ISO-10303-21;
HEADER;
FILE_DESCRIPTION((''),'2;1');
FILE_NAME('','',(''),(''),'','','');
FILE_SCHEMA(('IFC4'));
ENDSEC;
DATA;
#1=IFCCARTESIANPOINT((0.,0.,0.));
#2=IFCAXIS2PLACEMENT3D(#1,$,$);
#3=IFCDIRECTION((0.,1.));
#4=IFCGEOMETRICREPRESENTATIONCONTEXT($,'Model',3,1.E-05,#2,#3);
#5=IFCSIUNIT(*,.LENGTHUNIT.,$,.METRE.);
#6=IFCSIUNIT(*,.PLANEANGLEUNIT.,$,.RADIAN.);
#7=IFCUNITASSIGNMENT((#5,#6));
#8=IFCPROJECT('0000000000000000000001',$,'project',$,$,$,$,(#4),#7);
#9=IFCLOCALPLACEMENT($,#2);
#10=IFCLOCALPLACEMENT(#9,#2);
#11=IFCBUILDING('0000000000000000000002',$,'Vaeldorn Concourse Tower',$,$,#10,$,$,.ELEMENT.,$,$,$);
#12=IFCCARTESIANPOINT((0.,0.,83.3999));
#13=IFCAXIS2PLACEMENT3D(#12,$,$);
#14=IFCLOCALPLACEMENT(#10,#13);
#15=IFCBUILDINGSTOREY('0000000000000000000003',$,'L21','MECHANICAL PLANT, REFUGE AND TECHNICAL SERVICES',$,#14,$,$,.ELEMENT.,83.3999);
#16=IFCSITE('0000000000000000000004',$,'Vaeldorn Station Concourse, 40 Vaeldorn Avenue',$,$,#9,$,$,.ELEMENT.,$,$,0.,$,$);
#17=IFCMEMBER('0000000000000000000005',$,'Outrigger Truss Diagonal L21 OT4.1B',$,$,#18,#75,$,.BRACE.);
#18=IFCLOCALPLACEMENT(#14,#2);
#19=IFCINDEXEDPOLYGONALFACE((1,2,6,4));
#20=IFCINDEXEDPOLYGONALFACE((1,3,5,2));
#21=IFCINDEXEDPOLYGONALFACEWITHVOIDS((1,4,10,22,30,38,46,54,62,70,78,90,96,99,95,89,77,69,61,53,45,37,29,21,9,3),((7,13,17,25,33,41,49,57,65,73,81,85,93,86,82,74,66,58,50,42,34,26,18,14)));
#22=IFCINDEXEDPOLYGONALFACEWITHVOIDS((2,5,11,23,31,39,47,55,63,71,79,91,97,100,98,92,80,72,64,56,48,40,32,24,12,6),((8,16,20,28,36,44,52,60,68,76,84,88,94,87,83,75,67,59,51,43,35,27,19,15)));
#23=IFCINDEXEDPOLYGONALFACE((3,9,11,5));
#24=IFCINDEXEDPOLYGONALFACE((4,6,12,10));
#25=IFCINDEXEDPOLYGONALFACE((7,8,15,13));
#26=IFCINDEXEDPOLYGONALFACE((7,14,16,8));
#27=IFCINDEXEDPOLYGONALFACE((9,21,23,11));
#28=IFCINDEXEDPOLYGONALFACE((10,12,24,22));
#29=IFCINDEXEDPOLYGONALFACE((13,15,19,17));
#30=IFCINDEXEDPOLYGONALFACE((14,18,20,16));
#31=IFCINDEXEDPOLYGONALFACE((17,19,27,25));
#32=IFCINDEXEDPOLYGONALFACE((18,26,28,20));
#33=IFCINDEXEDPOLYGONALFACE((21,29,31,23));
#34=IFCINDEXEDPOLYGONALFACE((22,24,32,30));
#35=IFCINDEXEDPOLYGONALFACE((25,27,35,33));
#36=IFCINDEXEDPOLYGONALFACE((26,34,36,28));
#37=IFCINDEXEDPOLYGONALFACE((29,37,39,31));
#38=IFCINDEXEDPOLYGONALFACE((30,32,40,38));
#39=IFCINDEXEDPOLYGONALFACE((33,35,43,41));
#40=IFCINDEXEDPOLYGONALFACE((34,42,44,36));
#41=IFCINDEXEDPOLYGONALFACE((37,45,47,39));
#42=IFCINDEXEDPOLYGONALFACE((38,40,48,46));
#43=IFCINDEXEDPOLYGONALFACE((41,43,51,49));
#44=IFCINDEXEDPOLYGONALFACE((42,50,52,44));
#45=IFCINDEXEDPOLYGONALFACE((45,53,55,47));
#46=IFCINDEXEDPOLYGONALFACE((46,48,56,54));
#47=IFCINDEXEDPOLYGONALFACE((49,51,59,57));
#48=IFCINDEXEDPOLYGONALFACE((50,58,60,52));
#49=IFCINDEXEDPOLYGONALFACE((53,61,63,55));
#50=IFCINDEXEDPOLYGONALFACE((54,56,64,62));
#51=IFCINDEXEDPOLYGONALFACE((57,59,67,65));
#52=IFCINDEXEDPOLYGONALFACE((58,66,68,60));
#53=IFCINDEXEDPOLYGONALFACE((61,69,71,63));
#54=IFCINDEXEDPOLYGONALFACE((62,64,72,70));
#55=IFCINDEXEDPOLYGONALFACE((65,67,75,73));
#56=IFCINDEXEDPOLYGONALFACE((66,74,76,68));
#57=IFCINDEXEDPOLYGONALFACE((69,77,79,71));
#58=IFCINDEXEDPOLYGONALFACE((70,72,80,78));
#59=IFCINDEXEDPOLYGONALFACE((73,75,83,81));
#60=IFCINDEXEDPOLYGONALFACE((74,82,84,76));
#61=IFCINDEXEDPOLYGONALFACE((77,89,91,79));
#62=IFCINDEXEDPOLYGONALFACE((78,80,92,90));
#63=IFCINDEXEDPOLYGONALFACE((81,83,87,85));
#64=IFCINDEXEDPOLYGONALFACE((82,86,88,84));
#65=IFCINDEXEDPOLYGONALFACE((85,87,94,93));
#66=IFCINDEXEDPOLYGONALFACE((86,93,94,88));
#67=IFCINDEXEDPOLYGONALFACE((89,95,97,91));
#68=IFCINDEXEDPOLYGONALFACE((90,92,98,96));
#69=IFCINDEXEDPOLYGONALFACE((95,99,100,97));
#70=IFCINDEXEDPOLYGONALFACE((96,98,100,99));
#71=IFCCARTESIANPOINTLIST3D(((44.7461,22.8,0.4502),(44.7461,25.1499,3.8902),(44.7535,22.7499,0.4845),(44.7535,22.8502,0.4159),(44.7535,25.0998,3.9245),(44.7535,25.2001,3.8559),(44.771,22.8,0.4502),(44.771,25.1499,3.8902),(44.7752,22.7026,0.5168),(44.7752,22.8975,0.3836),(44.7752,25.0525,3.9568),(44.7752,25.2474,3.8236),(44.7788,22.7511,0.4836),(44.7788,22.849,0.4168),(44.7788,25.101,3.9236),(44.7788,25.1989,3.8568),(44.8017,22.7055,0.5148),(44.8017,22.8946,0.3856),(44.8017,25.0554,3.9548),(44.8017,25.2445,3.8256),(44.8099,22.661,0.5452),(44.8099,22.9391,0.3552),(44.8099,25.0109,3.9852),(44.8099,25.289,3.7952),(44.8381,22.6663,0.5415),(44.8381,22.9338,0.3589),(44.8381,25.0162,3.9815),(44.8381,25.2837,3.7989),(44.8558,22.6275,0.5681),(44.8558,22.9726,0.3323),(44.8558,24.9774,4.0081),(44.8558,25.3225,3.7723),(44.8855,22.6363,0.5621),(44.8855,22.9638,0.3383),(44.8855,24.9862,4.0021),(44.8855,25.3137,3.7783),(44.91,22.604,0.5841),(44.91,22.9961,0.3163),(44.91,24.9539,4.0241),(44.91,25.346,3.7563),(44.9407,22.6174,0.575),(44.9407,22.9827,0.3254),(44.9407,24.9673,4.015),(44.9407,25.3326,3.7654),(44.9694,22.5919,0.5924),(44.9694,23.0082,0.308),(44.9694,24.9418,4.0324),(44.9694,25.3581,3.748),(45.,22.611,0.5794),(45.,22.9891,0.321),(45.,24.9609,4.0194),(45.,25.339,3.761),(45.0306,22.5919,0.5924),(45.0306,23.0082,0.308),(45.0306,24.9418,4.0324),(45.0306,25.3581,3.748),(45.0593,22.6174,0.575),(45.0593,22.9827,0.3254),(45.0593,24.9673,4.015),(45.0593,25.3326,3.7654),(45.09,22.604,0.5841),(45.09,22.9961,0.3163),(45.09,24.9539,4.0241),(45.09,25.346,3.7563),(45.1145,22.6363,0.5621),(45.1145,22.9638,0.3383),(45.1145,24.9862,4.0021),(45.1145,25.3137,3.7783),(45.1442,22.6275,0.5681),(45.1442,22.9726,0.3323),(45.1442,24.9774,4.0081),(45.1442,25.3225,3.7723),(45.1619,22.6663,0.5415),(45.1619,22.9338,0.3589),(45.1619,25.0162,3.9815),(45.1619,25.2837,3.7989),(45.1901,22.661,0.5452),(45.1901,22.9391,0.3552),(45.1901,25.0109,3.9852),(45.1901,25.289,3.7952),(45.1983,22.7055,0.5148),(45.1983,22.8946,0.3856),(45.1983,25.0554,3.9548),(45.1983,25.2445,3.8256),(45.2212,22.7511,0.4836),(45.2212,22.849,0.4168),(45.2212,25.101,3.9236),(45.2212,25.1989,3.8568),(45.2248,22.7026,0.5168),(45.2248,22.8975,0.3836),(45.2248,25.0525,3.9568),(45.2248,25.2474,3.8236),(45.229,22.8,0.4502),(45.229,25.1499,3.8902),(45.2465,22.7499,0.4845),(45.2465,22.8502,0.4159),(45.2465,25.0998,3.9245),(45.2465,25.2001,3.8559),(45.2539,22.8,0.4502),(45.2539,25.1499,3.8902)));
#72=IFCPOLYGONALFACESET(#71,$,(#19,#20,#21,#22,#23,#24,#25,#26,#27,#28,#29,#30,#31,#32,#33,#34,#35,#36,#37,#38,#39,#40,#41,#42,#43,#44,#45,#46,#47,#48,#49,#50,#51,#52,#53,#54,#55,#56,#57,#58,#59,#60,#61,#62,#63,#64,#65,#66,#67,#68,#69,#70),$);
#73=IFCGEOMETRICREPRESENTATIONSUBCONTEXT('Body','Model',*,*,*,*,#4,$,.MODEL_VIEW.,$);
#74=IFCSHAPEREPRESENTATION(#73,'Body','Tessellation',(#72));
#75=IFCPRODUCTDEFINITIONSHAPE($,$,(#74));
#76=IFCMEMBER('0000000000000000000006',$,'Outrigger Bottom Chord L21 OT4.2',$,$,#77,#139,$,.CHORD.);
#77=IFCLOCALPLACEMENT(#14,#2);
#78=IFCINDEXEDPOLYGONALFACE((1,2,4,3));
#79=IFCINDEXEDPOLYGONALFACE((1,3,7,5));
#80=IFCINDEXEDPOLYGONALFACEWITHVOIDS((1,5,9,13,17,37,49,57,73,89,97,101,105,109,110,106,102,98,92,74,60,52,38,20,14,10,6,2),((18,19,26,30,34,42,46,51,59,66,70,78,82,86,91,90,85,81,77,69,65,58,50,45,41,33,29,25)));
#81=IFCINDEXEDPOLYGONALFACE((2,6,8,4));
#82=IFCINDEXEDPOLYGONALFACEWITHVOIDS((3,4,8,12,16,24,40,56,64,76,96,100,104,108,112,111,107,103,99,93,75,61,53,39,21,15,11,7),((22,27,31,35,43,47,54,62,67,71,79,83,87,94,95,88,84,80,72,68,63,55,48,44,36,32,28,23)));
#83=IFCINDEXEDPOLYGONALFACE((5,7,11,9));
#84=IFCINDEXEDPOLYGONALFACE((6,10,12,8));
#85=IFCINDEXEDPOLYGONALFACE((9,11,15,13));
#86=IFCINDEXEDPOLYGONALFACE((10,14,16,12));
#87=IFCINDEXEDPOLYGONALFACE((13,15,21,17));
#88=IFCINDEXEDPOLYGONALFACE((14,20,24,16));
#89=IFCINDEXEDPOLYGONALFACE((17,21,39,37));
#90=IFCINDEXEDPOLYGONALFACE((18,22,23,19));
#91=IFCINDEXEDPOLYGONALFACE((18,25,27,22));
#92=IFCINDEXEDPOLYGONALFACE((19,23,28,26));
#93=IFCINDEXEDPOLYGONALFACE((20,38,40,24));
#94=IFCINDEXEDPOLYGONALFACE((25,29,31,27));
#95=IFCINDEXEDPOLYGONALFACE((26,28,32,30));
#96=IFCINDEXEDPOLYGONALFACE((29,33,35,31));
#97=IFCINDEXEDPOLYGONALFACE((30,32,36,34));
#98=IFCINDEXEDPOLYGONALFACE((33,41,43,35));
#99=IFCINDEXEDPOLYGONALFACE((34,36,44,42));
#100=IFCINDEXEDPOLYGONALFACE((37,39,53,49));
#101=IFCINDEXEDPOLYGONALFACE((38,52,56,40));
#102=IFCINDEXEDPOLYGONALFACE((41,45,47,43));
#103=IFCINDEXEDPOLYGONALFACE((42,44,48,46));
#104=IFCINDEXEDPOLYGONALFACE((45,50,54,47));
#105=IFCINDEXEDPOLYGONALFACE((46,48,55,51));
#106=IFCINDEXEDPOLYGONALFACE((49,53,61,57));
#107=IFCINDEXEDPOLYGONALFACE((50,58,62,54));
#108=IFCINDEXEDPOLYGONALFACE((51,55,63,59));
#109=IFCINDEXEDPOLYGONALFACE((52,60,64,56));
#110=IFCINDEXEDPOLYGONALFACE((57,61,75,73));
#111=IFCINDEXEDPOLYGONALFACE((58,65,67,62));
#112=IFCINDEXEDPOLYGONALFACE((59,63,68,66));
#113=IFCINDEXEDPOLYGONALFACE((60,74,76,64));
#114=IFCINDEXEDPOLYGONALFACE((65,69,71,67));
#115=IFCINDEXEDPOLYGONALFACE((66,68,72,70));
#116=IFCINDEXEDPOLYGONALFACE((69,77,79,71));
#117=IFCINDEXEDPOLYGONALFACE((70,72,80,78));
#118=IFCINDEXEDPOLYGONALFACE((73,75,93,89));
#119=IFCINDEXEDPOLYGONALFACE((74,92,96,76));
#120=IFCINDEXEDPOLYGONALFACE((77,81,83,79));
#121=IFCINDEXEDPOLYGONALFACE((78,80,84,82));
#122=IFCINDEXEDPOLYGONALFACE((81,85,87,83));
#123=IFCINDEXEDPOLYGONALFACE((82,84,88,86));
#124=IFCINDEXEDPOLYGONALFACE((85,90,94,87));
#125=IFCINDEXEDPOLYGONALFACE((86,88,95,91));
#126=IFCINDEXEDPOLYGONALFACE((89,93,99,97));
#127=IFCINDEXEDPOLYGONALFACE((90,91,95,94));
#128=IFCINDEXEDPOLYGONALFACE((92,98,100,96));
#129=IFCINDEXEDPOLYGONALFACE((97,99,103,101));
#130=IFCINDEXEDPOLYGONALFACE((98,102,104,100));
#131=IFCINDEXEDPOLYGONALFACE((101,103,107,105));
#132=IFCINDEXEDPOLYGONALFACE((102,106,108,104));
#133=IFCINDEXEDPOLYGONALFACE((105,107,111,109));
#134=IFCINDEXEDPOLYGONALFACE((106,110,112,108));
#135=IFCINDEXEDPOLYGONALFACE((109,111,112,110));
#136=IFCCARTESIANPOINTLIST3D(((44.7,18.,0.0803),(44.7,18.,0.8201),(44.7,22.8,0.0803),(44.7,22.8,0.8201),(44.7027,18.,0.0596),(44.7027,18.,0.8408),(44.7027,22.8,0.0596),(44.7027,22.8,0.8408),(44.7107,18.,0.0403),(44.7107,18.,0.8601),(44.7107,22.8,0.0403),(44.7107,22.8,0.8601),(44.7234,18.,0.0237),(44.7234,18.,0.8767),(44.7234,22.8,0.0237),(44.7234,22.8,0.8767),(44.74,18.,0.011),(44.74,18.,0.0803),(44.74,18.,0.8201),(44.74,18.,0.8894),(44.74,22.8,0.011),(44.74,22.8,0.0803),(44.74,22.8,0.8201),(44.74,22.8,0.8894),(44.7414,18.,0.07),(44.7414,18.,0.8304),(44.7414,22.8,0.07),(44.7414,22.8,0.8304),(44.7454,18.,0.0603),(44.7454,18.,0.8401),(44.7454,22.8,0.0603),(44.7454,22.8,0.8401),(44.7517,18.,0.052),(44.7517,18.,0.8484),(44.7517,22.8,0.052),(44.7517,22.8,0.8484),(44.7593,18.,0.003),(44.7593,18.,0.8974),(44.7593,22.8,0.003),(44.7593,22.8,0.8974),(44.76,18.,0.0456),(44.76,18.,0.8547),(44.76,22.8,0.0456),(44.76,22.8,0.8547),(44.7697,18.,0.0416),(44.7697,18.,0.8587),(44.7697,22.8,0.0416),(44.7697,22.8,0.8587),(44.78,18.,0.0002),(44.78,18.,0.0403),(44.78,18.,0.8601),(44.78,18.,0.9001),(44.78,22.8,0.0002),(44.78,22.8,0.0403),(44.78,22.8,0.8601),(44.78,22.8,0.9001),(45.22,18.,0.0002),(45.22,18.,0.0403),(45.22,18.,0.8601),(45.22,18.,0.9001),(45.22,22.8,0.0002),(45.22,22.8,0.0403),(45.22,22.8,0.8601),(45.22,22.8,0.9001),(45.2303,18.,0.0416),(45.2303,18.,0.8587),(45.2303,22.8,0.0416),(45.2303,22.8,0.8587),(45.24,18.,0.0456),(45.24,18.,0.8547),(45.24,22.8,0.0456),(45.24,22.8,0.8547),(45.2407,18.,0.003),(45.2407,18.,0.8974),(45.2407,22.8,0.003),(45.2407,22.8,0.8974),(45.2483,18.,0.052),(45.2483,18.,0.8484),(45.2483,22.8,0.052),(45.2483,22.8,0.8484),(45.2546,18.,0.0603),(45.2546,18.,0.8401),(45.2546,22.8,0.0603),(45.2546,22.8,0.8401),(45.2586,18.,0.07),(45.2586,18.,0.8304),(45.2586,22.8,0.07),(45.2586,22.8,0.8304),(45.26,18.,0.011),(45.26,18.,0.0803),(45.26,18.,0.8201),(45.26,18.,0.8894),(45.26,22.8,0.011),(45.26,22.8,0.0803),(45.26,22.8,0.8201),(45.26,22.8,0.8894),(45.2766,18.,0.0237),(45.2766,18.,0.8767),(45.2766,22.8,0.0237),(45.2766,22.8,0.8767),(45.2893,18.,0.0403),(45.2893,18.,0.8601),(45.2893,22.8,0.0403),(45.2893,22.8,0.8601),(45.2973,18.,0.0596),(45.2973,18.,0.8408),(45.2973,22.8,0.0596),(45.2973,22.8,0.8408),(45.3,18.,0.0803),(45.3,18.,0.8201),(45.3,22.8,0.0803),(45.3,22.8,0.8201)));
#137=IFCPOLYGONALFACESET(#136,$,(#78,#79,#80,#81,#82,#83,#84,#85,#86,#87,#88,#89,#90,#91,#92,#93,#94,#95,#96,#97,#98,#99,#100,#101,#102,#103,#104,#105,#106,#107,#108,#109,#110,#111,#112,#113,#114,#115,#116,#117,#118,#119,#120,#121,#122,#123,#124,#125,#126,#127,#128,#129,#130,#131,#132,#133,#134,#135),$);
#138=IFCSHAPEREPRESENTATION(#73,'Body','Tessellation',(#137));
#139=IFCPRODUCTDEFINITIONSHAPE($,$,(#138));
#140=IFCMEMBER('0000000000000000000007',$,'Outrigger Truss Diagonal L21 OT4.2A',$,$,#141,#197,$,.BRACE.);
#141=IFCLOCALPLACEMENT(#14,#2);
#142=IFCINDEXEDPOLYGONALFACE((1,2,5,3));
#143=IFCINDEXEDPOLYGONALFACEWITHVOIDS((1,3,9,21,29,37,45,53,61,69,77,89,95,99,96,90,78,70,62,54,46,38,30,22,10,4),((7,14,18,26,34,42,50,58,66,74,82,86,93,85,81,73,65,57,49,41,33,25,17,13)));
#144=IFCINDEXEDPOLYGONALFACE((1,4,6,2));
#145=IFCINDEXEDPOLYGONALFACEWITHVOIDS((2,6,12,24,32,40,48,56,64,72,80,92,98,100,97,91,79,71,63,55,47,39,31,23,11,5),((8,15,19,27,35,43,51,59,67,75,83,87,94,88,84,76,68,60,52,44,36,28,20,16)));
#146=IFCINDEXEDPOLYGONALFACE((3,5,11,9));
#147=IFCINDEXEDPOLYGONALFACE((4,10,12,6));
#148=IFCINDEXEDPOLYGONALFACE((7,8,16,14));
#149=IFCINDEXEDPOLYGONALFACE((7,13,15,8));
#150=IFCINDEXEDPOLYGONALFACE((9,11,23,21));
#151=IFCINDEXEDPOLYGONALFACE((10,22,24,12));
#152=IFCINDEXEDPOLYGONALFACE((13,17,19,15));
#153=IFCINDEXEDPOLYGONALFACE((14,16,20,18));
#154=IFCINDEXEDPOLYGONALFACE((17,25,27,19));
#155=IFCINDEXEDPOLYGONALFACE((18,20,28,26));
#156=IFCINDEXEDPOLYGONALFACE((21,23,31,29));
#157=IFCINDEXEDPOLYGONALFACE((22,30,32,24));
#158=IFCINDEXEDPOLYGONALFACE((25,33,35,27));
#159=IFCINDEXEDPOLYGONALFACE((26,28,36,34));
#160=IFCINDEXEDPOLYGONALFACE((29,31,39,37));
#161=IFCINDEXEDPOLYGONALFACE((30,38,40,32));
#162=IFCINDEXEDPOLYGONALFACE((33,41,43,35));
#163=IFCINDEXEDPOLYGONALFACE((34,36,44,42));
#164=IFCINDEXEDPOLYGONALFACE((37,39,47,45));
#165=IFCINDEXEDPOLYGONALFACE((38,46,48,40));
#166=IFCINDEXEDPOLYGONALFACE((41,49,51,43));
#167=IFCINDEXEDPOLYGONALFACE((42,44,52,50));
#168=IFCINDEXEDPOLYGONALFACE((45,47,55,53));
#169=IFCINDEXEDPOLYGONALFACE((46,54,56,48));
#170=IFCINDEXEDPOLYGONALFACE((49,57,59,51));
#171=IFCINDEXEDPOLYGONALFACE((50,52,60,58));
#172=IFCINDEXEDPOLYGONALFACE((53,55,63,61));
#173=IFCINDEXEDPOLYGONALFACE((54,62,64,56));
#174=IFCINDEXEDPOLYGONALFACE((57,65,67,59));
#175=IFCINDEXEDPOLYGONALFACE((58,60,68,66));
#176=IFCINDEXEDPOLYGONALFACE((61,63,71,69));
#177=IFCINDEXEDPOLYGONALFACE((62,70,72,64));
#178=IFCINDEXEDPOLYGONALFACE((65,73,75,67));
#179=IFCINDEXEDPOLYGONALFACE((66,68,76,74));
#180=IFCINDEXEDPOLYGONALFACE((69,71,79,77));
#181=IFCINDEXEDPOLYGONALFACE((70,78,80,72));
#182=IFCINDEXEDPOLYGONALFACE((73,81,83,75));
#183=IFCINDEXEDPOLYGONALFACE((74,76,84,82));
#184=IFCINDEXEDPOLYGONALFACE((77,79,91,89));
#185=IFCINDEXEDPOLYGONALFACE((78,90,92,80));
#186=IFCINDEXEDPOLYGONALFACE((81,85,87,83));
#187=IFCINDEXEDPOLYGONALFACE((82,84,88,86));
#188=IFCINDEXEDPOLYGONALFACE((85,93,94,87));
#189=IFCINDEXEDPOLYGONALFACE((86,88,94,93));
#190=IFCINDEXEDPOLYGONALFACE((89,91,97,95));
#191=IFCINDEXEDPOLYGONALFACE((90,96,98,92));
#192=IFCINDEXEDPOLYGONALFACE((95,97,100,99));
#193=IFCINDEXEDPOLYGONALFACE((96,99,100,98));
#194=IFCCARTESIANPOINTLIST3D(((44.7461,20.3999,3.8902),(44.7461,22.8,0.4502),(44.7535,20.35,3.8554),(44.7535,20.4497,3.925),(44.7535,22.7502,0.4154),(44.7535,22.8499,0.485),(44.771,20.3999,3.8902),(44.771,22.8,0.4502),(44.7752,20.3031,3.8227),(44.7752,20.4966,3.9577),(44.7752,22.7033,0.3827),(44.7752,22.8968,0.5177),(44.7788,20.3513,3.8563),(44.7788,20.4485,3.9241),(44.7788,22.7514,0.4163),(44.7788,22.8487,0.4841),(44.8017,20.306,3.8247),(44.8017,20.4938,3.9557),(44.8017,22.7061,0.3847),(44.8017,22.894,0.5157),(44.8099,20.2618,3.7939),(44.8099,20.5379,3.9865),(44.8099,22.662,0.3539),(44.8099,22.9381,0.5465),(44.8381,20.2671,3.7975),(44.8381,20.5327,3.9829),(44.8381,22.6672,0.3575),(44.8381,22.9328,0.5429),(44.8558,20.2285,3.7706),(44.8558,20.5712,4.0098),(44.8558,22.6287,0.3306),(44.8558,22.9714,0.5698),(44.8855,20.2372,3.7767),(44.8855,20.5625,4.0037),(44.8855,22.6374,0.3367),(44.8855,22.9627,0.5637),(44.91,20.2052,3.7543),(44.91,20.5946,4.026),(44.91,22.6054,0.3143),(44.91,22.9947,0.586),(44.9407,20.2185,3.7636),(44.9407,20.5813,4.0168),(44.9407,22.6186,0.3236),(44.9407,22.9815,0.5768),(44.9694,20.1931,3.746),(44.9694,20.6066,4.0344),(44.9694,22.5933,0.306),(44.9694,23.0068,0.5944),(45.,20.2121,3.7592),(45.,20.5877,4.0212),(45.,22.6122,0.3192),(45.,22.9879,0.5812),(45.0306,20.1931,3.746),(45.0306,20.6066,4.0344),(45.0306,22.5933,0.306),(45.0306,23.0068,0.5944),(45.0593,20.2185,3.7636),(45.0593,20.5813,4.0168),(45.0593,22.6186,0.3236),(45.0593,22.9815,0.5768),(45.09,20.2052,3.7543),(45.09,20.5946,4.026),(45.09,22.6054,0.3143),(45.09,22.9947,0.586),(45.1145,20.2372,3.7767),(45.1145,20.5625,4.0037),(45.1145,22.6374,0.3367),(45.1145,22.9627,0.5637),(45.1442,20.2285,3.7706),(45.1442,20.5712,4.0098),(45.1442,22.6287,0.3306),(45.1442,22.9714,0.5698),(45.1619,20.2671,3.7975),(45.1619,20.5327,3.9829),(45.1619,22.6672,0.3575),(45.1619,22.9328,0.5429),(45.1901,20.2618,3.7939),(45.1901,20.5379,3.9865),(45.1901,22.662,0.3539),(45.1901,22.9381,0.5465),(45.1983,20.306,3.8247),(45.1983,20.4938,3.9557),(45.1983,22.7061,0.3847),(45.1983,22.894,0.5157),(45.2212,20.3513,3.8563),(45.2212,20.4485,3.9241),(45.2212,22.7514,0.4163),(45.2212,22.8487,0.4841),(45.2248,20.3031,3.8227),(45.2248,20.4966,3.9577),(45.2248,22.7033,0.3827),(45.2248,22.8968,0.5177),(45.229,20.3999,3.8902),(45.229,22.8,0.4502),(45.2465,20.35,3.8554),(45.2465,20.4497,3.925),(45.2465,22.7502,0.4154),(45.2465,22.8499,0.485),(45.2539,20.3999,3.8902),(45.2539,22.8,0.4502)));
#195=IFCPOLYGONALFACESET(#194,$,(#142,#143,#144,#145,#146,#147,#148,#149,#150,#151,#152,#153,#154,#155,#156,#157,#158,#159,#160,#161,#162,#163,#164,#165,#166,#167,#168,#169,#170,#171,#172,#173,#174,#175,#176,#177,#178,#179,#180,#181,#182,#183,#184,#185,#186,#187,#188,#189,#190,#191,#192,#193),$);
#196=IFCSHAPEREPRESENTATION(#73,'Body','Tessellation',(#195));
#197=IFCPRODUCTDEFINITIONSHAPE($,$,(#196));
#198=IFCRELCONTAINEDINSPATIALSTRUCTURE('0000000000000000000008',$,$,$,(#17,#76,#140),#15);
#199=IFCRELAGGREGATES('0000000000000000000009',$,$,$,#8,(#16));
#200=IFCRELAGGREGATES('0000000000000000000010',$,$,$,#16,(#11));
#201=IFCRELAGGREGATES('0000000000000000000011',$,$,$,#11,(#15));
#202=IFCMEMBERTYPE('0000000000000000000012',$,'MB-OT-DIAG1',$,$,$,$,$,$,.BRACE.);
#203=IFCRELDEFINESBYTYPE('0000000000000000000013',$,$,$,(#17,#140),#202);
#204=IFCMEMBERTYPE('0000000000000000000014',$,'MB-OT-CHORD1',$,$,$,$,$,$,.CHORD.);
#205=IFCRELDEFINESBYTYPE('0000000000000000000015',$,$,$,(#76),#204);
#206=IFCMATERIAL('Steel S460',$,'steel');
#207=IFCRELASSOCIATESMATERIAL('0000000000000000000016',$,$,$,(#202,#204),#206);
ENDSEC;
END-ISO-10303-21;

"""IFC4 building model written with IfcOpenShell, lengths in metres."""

from ifc_helpers import new_model, si_unit, direction, frame, origin, origin_2d, place, context, subcontext, project, spatial, hollow_rectangle, hollow_circle, extrude, source, transform, mapped, material, material_profile, profile_set, type_object, element, save


model = new_model("IFC4")

# Units and contexts
model_context = context("Model", 3, precision=1e-05, world=origin(), true_north=direction((0.0, 1.0)))
body_context = subcontext(model_context, "Body", "Model", "MODEL_VIEW")
ifc_project = project(units=[si_unit("LENGTHUNIT", "METRE"), si_unit("PLANEANGLEUNIT", "RADIAN")], contexts=[model_context])

# Site, building, storey
site_placement = place(None, origin())
site = spatial("IfcSite", under=ifc_project, at=site_placement, Name="Vaeldorn Station Concourse, 40 Vaeldorn Avenue", CompositionType="ELEMENT", RefElevation=0.0)
building_placement = place(site_placement, origin())
building = spatial("IfcBuilding", under=site, at=building_placement, Name="Vaeldorn Concourse Tower", CompositionType="ELEMENT")
storey_placement = place(building_placement, frame((0.0, 0.0, 83.3999)))
storey = spatial("IfcBuildingStorey", under=building, at=storey_placement, Name="L21", Description="MECHANICAL PLANT, REFUGE AND TECHNICAL SERVICES", CompositionType="ELEMENT", Elevation=83.3999)

# Shared definitions
ifc_material_1 = material(Name="Steel S460", Category="steel")

# Members
ifc_material_profile_1 = material_profile(ifc_material_1, hollow_circle(Radius=0.2539, WallThickness=0.0249, at=origin_2d()), Name="CHS 508x25")
ifc_profile_set_1 = profile_set([ifc_material_profile_1], Name="Steel S460")
member_type_1 = type_object("IfcMemberType", Name="MB-OT-DIAG1", PredefinedType="BRACE", material=ifc_profile_set_1)
shared_shape_1 = source(origin(), body_context, "Body", "SweptSolid", [
    extrude(hollow_circle(Radius=0.2539, WallThickness=0.0249, at=origin_2d()), origin(), (0.0, 0.0, 1.0), 4.166),
])
member_1_placement = place(storey_placement, frame((45.0, 22.8, 0.4502), z_axis=(0.0, 0.564064, 0.825731), x_axis=(-1.0, 0.0, 0.0)))
element("IfcMember", 1, at=member_1_placement, inside=storey, type_object=member_type_1, Name="Outrigger Truss Diagonal L21 OT4.1B", PredefinedType="BRACE", context=body_context, shape_type="MappedRepresentation", body=[
    mapped(shared_shape_1, transform((0.0, 0.0, 0.0), scale=1.0)),
])
ifc_material_profile_2 = material_profile(ifc_material_1, hollow_rectangle(XDim=0.6001, YDim=0.8999, WallThickness=0.04, InnerFilletRadius=0.04, OuterFilletRadius=0.0801, at=origin_2d()), Name="RHS 900x600x40")
ifc_profile_set_2 = profile_set([ifc_material_profile_2], Name="Steel S460")
member_type_2 = type_object("IfcMemberType", Name="MB-OT-CHORD1", PredefinedType="CHORD", material=ifc_profile_set_2)
shared_shape_2 = source(origin(), body_context, "Body", "SweptSolid", [
    extrude(hollow_rectangle(XDim=0.6001, YDim=0.8999, WallThickness=0.04, InnerFilletRadius=0.04, OuterFilletRadius=0.0801, at=origin_2d()), origin(), (0.0, 0.0, 1.0), 4.8),
])
member_2_placement = place(storey_placement, frame((45.0, 22.8, 0.4502), z_axis=(0.0, -1.0, 0.0), x_axis=(1.0, 0.0, 0.0)))
element("IfcMember", 2, at=member_2_placement, inside=storey, type_object=member_type_2, Name="Outrigger Bottom Chord L21 OT4.2", PredefinedType="CHORD", context=body_context, shape_type="MappedRepresentation", body=[
    mapped(shared_shape_2, transform((0.0, 0.0, 0.0), scale=1.0)),
])
shared_shape_3 = source(origin(), body_context, "Body", "SweptSolid", [
    extrude(hollow_circle(Radius=0.2539, WallThickness=0.0249, at=origin_2d()), origin(), (0.0, 0.0, 1.0), 4.1946),
])
member_3_placement = place(storey_placement, frame((45.0, 22.8, 0.4502), z_axis=(0.0, -0.572212, 0.820106), x_axis=(1.0, 0.0, 0.0)))
element("IfcMember", 3, at=member_3_placement, inside=storey, type_object=member_type_1, Name="Outrigger Truss Diagonal L21 OT4.2A", PredefinedType="BRACE", context=body_context, shape_type="MappedRepresentation", body=[
    mapped(shared_shape_3, transform((0.0, 0.0, 0.0), scale=1.0)),
])

save(model, "model.ifc")
